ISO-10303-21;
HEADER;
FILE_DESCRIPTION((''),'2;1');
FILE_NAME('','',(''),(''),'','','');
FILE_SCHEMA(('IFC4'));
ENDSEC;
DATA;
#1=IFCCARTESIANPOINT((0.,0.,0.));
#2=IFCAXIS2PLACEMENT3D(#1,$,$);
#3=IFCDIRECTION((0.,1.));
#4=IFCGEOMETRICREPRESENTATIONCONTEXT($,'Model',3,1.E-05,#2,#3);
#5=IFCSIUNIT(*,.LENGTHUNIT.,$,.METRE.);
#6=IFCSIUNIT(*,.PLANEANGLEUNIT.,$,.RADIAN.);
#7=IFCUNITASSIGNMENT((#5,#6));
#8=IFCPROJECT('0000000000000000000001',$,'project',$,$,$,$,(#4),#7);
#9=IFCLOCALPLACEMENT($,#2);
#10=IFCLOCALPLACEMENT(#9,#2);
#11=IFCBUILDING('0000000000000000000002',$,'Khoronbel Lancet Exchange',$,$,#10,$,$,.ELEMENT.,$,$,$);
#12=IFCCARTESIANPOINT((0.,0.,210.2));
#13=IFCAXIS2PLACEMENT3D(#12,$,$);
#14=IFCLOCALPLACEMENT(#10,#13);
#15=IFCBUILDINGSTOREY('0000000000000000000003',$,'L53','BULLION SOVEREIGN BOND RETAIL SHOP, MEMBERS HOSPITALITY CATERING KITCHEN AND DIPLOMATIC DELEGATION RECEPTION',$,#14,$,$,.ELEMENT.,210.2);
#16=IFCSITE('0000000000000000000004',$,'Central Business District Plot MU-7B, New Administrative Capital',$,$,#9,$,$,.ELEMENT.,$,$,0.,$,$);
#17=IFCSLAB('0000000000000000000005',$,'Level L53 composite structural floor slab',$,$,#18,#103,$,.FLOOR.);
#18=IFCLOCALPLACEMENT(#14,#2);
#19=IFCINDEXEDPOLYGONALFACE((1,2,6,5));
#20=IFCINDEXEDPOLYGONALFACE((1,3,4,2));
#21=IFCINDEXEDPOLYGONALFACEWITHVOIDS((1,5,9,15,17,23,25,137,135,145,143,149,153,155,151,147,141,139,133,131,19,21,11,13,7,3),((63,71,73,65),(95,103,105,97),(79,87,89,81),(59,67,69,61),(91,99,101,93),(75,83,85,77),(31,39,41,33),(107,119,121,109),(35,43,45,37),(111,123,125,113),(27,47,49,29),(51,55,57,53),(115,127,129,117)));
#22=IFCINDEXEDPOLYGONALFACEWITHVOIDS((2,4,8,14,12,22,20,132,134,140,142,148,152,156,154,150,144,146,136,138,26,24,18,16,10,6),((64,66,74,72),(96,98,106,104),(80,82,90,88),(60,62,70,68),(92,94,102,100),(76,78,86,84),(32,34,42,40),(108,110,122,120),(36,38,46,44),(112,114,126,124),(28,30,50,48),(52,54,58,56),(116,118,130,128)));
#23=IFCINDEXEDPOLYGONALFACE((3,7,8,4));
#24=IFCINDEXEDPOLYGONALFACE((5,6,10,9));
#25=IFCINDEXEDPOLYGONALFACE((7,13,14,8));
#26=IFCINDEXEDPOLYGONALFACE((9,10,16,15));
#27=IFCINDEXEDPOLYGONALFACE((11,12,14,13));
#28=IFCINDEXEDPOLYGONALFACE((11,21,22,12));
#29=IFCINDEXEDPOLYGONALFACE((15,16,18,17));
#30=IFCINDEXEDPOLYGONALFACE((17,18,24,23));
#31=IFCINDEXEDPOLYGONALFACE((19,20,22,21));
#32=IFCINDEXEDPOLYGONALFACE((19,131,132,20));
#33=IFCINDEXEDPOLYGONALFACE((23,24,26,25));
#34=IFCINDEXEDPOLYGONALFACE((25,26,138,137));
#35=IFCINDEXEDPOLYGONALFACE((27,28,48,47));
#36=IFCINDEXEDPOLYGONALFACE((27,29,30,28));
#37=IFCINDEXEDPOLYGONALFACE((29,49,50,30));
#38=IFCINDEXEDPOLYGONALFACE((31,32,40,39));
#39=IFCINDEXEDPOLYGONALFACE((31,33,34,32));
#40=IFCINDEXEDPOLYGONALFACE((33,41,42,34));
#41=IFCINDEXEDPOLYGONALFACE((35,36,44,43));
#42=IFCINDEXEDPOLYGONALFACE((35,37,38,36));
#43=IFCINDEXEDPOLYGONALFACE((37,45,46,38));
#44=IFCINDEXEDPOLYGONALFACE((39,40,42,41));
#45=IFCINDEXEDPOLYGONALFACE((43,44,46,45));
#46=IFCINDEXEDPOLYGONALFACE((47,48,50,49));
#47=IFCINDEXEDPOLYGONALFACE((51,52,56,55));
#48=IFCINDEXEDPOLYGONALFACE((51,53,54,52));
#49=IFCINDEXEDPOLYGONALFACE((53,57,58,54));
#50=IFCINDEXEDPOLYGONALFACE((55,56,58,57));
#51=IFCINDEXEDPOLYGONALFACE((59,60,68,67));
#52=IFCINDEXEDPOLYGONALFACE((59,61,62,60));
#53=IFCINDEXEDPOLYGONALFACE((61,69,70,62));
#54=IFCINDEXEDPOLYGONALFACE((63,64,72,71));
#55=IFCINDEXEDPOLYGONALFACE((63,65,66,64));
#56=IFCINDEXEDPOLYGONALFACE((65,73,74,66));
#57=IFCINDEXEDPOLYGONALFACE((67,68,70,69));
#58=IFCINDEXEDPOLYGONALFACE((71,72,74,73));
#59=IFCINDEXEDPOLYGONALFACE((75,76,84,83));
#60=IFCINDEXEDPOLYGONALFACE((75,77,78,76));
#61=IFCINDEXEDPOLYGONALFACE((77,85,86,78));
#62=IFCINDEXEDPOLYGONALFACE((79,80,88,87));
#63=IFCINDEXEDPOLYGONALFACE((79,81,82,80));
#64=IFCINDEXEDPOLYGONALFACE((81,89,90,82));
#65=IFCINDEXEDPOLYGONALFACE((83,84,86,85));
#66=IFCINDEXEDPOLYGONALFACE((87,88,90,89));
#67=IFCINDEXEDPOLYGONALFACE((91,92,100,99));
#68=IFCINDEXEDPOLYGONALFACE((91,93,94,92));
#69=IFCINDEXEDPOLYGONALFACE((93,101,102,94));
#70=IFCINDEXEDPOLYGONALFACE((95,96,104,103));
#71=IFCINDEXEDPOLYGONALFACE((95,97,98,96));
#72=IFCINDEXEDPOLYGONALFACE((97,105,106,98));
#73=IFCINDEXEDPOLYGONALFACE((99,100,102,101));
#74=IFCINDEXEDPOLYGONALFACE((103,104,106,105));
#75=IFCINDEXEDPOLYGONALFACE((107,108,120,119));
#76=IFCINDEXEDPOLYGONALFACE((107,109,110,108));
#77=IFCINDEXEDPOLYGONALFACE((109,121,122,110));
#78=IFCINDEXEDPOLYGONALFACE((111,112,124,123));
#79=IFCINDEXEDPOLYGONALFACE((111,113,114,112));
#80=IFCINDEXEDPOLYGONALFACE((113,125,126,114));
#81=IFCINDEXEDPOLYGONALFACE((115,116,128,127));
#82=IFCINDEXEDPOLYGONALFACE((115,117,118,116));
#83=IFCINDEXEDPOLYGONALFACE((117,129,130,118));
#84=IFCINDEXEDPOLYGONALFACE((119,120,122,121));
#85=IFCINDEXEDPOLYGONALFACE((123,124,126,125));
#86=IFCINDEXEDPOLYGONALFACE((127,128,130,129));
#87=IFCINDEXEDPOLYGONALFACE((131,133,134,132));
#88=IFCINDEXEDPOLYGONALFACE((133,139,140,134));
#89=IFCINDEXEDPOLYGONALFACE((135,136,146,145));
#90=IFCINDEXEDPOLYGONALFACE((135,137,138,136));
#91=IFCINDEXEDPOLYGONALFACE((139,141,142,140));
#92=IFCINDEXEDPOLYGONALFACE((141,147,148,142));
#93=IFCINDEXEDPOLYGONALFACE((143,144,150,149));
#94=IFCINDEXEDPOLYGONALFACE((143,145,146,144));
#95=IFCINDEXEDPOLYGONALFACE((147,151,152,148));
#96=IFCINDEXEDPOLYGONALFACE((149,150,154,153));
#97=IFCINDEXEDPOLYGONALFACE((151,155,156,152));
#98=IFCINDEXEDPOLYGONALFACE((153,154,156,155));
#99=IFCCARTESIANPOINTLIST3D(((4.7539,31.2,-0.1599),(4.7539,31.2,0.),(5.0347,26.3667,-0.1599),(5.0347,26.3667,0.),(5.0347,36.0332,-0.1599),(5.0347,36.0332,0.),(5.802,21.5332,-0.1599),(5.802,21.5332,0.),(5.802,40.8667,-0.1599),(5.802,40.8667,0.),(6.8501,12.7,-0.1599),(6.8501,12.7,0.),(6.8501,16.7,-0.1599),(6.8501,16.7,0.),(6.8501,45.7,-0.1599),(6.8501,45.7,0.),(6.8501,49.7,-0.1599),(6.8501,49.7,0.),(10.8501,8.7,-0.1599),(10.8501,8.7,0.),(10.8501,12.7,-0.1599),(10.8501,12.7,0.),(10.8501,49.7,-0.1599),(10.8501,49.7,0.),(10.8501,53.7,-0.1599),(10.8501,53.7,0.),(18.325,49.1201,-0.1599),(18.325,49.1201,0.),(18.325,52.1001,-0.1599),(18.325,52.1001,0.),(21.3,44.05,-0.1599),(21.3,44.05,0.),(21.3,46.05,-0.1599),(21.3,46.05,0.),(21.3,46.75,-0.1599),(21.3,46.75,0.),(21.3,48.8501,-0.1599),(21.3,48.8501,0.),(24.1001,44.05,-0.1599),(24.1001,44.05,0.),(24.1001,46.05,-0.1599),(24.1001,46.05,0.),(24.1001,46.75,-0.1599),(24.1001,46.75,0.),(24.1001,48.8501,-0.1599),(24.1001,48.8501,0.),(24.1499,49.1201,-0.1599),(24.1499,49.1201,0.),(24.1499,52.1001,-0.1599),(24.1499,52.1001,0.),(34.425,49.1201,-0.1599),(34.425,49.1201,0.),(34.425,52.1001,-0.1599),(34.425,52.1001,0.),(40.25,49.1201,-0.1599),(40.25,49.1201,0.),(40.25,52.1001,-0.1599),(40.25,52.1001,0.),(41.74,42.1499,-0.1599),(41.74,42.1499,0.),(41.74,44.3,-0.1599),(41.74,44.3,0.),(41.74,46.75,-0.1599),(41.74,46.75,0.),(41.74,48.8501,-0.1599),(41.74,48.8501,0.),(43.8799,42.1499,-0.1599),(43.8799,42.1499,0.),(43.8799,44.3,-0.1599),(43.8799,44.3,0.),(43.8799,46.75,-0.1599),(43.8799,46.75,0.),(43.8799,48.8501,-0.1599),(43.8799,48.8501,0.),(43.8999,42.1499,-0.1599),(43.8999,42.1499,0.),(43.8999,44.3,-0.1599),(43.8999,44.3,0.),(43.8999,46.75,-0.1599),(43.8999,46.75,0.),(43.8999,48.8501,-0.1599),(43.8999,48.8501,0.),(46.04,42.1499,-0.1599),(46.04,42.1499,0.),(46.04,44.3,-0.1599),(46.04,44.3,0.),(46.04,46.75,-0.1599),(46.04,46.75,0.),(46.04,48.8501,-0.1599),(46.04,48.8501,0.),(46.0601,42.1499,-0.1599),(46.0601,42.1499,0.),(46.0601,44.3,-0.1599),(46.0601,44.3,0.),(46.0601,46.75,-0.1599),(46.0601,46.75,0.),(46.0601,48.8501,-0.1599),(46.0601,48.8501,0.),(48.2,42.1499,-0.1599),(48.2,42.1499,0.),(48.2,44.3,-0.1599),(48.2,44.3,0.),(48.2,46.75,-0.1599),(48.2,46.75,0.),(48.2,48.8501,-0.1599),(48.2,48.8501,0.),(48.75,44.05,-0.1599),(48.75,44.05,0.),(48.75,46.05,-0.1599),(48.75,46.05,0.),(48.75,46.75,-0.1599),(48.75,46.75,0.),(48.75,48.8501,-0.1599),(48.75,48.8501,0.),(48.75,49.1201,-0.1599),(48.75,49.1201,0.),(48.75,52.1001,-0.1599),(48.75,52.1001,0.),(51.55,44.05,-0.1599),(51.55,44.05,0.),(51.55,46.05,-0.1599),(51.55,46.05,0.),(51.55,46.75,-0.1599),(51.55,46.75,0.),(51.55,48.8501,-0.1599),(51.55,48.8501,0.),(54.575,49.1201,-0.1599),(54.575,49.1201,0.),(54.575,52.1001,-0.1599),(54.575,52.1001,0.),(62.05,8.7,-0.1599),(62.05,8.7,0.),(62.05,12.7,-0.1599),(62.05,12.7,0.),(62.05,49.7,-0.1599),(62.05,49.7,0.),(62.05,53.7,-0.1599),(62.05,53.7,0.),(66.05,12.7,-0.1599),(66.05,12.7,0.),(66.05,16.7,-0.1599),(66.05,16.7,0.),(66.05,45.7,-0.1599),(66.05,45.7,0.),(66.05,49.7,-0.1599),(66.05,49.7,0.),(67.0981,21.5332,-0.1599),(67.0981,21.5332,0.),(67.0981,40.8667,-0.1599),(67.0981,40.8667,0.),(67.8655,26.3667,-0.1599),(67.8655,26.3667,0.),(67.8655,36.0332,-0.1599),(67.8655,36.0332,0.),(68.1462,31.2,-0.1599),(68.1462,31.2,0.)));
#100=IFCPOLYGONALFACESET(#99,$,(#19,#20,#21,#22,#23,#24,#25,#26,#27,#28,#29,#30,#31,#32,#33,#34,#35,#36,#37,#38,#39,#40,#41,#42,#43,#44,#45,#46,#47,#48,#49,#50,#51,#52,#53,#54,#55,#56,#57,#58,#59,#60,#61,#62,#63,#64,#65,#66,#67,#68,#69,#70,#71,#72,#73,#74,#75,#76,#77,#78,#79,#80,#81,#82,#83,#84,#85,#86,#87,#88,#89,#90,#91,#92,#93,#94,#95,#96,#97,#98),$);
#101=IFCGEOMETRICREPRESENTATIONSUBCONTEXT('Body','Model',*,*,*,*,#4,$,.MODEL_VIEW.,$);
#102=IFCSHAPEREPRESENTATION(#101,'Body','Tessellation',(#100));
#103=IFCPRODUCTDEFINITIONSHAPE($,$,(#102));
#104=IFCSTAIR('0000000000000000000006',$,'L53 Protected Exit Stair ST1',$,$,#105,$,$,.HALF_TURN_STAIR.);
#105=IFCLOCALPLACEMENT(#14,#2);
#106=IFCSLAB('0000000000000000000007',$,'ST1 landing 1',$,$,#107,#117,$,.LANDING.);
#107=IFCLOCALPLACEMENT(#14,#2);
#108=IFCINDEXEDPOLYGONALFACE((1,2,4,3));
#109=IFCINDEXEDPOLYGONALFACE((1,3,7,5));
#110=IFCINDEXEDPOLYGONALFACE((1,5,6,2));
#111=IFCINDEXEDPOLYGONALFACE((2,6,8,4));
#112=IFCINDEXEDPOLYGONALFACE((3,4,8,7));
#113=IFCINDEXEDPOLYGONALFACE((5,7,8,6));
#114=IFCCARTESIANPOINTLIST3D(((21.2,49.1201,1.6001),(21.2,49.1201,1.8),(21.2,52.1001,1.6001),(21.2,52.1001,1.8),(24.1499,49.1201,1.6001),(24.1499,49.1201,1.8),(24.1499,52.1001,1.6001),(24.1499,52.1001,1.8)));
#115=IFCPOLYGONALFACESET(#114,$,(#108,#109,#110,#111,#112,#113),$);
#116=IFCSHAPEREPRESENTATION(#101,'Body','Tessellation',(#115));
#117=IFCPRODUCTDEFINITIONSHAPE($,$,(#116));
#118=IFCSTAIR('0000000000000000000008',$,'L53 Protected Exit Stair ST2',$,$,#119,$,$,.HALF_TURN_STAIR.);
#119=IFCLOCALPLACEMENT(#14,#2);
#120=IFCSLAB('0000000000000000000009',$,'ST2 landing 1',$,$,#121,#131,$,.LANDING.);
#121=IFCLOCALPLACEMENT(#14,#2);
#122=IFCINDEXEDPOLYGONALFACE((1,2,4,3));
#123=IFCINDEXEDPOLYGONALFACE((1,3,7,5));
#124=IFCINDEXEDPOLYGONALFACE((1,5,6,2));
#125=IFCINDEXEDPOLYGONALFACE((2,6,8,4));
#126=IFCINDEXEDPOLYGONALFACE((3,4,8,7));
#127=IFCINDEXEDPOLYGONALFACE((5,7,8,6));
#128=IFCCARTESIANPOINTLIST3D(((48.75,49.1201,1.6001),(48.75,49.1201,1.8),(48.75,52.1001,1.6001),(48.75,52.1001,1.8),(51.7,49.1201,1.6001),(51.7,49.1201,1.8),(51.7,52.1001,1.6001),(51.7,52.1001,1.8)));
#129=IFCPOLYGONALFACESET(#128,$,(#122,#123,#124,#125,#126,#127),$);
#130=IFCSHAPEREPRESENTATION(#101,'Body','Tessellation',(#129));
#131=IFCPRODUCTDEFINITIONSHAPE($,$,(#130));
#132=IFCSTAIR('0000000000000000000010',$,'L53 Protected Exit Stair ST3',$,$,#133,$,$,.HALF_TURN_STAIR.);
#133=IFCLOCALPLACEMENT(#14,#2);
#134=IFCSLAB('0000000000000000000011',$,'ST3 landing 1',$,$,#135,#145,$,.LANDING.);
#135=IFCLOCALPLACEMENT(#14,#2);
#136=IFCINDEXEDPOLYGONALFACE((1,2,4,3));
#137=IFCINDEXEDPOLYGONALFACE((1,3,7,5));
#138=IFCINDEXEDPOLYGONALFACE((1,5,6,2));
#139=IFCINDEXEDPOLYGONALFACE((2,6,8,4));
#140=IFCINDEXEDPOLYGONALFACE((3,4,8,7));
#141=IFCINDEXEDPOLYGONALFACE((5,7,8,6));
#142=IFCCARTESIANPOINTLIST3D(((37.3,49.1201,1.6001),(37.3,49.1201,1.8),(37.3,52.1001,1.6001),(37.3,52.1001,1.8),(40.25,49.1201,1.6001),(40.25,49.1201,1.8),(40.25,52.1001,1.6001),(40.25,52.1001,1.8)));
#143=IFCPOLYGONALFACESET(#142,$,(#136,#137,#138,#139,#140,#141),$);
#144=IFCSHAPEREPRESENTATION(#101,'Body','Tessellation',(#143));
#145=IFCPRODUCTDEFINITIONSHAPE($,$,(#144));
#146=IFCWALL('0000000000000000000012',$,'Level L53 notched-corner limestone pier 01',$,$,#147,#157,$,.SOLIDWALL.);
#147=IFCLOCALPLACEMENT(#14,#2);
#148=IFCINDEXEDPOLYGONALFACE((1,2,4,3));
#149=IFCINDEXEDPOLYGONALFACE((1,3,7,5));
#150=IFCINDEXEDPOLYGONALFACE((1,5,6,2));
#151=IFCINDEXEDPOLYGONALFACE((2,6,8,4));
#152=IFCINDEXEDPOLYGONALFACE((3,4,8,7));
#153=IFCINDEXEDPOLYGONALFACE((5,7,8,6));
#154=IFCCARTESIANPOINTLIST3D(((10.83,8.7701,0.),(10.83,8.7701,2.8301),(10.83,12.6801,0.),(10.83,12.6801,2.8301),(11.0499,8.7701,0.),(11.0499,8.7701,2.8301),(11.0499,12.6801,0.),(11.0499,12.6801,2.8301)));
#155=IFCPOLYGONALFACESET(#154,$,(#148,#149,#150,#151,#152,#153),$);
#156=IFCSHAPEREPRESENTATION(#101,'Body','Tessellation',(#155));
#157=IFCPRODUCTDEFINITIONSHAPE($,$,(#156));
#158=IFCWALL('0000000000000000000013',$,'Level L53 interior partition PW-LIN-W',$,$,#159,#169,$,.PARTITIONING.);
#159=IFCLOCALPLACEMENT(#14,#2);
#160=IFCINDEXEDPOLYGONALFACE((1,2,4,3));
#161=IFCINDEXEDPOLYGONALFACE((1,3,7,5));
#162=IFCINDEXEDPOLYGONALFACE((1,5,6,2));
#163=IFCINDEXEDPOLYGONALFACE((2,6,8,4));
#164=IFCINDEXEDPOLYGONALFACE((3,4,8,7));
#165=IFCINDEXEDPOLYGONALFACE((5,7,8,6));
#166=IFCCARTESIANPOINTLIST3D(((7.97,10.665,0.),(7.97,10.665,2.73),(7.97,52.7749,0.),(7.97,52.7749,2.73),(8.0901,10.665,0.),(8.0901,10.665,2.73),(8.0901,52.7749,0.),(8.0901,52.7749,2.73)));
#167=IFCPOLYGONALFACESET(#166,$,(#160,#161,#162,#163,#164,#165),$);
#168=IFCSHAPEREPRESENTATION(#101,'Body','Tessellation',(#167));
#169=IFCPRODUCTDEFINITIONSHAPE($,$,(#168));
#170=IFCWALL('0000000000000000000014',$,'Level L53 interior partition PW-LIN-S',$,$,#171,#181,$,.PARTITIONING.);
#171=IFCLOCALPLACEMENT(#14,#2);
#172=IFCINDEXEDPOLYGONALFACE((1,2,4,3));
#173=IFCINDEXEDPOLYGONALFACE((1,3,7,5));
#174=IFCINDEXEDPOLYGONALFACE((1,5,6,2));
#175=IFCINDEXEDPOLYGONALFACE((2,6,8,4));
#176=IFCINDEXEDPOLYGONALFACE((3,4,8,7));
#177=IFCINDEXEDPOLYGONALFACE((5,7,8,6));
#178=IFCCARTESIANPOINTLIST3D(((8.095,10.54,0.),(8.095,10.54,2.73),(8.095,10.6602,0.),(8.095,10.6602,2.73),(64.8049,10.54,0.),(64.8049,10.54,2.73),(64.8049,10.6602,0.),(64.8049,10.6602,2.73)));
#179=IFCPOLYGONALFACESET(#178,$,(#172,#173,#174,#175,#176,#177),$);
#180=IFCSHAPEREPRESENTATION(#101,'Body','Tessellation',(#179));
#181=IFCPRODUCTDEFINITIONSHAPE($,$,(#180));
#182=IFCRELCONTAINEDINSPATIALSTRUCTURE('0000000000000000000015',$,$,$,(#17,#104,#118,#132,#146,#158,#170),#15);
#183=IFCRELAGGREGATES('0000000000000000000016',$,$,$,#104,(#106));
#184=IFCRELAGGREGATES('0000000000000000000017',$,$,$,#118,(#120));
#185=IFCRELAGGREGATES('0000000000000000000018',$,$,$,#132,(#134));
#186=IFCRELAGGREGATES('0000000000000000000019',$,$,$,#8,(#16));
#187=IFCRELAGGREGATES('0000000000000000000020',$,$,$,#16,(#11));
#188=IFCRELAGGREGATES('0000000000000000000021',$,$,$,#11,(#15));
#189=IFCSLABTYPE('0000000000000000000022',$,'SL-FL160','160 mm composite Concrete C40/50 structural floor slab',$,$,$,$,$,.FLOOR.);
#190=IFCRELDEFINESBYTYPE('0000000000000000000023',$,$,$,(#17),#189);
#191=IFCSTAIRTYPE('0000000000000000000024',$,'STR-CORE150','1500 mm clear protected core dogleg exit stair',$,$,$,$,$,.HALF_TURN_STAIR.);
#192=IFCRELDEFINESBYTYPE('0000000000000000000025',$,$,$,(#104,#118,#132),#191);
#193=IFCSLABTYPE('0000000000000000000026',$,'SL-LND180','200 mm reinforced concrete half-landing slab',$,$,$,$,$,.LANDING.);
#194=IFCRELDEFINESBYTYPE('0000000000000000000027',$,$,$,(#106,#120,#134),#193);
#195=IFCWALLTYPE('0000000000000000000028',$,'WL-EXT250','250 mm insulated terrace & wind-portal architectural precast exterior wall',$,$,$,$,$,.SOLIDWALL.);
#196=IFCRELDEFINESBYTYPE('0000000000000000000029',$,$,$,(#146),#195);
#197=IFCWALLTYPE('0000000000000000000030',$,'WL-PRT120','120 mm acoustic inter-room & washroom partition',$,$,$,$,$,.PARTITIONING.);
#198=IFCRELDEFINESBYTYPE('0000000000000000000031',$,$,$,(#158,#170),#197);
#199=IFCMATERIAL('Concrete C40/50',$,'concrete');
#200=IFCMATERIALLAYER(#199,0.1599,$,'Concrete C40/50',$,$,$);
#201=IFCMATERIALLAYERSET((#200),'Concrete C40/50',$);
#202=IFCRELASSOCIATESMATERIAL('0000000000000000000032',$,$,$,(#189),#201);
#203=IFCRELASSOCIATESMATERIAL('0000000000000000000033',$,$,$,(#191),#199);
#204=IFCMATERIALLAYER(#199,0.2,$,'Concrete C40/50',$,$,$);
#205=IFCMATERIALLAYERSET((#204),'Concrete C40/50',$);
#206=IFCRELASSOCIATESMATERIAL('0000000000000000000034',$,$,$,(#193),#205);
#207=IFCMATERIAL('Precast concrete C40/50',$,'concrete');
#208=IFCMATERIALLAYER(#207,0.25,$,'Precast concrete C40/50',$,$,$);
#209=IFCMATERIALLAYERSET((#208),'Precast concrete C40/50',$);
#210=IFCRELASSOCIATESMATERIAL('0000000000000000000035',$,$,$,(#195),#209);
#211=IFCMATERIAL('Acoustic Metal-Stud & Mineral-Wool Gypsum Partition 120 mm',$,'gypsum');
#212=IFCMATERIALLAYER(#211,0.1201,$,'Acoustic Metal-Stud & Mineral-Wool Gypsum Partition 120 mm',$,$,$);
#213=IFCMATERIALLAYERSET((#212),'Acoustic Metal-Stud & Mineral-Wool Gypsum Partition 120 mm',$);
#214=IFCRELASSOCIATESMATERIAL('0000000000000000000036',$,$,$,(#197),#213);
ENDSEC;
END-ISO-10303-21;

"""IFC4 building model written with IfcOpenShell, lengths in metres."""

from ifc_helpers import new_model, si_unit, direction, frame, frame_2d, origin, place, context, subcontext, project, spatial, polyline, rectangle, outline, extrude, material, layer, layer_set, type_object, element, aggregate, save


model = new_model("IFC4")

# Units and contexts
model_context = context("Model", 3, precision=1e-05, world=origin(), true_north=direction((0.0, 1.0)))
body_context = subcontext(model_context, "Body", "Model", "MODEL_VIEW")
ifc_project = project(units=[si_unit("LENGTHUNIT", "METRE"), si_unit("PLANEANGLEUNIT", "RADIAN")], contexts=[model_context])

# Site, building, storey
site_placement = place(None, origin())
site = spatial("IfcSite", under=ifc_project, at=site_placement, Name="Central Business District Plot MU-7B, New Administrative Capital", CompositionType="ELEMENT", RefElevation=0.0)
building_placement = place(site_placement, origin())
building = spatial("IfcBuilding", under=site, at=building_placement, Name="Khoronbel Lancet Exchange", CompositionType="ELEMENT")
storey_placement = place(building_placement, frame((0.0, 0.0, 210.2)))
storey = spatial("IfcBuildingStorey", under=building, at=storey_placement, Name="L53", Description="BULLION SOVEREIGN BOND RETAIL SHOP, MEMBERS HOSPITALITY CATERING KITCHEN AND DIPLOMATIC DELEGATION RECEPTION", CompositionType="ELEMENT", Elevation=210.2)

# Slab
ifc_material_1 = material(Name="Concrete C40/50", Category="concrete")
ifc_layer_1 = layer(ifc_material_1, 0.1599, Name="Concrete C40/50")
ifc_layer_set_1 = layer_set([ifc_layer_1], Name="Concrete C40/50")
slab_type_1 = type_object("IfcSlabType", Name="SL-FL160", Description="160 mm composite Concrete C40/50 structural floor slab", PredefinedType="FLOOR", material=ifc_layer_set_1)
slab_1_placement = place(storey_placement, frame((0.0, 0.0, -0.1599)))
element("IfcSlab", 1, at=slab_1_placement, inside=storey, type_object=slab_type_1, Name="Level L53 composite structural floor slab", PredefinedType="FLOOR", context=body_context, shape_type="SweptSolid", body=[
    extrude(outline(polyline([(10.8501, 8.7), (62.05, 8.7), (62.05, 12.7), (66.05, 12.7), (66.05, 16.7), (67.0981, 21.5332), (67.8655, 26.3667), (68.1462, 31.2), (67.8655, 36.0332), (67.0981, 40.8667), (66.05, 45.7), (66.05, 49.7), (62.05, 49.7), (62.05, 53.7), (10.8501, 53.7), (10.8501, 49.7), (6.8501, 49.7), (6.8501, 45.7), (5.802, 40.8667), (5.0347, 36.0332), (4.7539, 31.2), (5.0347, 26.3667), (5.802, 21.5332), (6.8501, 16.7), (6.8501, 12.7), (10.8501, 12.7), (10.8501, 8.7)]), holes=[polyline([(18.325, 49.1201), (24.1499, 49.1201), (24.1499, 52.1001), (18.325, 52.1001), (18.325, 49.1201)]), polyline([(48.75, 49.1201), (54.575, 49.1201), (54.575, 52.1001), (48.75, 52.1001), (48.75, 49.1201)]), polyline([(34.425, 49.1201), (40.25, 49.1201), (40.25, 52.1001), (34.425, 52.1001), (34.425, 49.1201)]), polyline([(41.74, 46.75), (43.8799, 46.75), (43.8799, 48.8501), (41.74, 48.8501), (41.74, 46.75)]), polyline([(43.8999, 46.75), (46.04, 46.75), (46.04, 48.8501), (43.8999, 48.8501), (43.8999, 46.75)]), polyline([(46.0601, 46.75), (48.2, 46.75), (48.2, 48.8501), (46.0601, 48.8501), (46.0601, 46.75)]), polyline([(41.74, 42.1499), (43.8799, 42.1499), (43.8799, 44.3), (41.74, 44.3), (41.74, 42.1499)]), polyline([(43.8999, 42.1499), (46.04, 42.1499), (46.04, 44.3), (43.8999, 44.3), (43.8999, 42.1499)]), polyline([(46.0601, 42.1499), (48.2, 42.1499), (48.2, 44.3), (46.0601, 44.3), (46.0601, 42.1499)]), polyline([(21.3, 46.75), (24.1001, 46.75), (24.1001, 48.8501), (21.3, 48.8501), (21.3, 46.75)]), polyline([(48.75, 46.75), (51.55, 46.75), (51.55, 48.8501), (48.75, 48.8501), (48.75, 46.75)]), polyline([(21.3, 44.05), (24.1001, 44.05), (24.1001, 46.05), (21.3, 46.05), (21.3, 44.05)]), polyline([(48.75, 44.05), (51.55, 44.05), (51.55, 46.05), (48.75, 46.05), (48.75, 44.05)])]), origin(), (0.0, 0.0, 1.0), 0.1599),
])

# Stairs, slabs
stair_type = type_object("IfcStairType", Name="STR-CORE150", Description="1500 mm clear protected core dogleg exit stair", PredefinedType="HALF_TURN_STAIR", material=ifc_material_1)
stair_1_placement = place(storey_placement, origin())
stair_1 = element("IfcStair", 2, at=stair_1_placement, inside=storey, type_object=stair_type, Name="L53 Protected Exit Stair ST1", PredefinedType="HALF_TURN_STAIR")
ifc_layer_2 = layer(ifc_material_1, 0.2, Name="Concrete C40/50")
ifc_layer_set_2 = layer_set([ifc_layer_2], Name="Concrete C40/50")
slab_type_2 = type_object("IfcSlabType", Name="SL-LND180", Description="200 mm reinforced concrete half-landing slab", PredefinedType="LANDING", material=ifc_layer_set_2)
slab_2_placement = place(storey_placement, frame((0.0, 0.0, 1.6001)))
slab_2 = element("IfcSlab", 3, at=slab_2_placement, type_object=slab_type_2, Name="ST1 landing 1", PredefinedType="LANDING", context=body_context, shape_type="SweptSolid", body=[
    extrude(outline(polyline([(21.2, 49.1201), (24.1499, 49.1201), (24.1499, 52.1001), (21.2, 52.1001), (21.2, 49.1201)])), origin(), (0.0, 0.0, 1.0), 0.2),
])
aggregate(stair_1, [slab_2])
stair_2_placement = place(storey_placement, origin())
stair_2 = element("IfcStair", 4, at=stair_2_placement, inside=storey, type_object=stair_type, Name="L53 Protected Exit Stair ST2", PredefinedType="HALF_TURN_STAIR")
slab_3_placement = place(storey_placement, frame((0.0, 0.0, 1.6001)))
slab_3 = element("IfcSlab", 5, at=slab_3_placement, type_object=slab_type_2, Name="ST2 landing 1", PredefinedType="LANDING", context=body_context, shape_type="SweptSolid", body=[
    extrude(outline(polyline([(51.7, 52.1001), (48.75, 52.1001), (48.75, 49.1201), (51.7, 49.1201), (51.7, 52.1001)])), origin(), (0.0, 0.0, 1.0), 0.2),
])
aggregate(stair_2, [slab_3])
stair_3_placement = place(storey_placement, origin())
stair_3 = element("IfcStair", 6, at=stair_3_placement, inside=storey, type_object=stair_type, Name="L53 Protected Exit Stair ST3", PredefinedType="HALF_TURN_STAIR")
slab_4_placement = place(storey_placement, frame((0.0, 0.0, 1.6001)))
slab_4 = element("IfcSlab", 7, at=slab_4_placement, type_object=slab_type_2, Name="ST3 landing 1", PredefinedType="LANDING", context=body_context, shape_type="SweptSolid", body=[
    extrude(outline(polyline([(37.3, 49.1201), (40.25, 49.1201), (40.25, 52.1001), (37.3, 52.1001), (37.3, 49.1201)])), origin(), (0.0, 0.0, 1.0), 0.2),
])
aggregate(stair_3, [slab_4])

# Walls
ifc_material_2 = material(Name="Precast concrete C40/50", Category="concrete")
ifc_layer_3 = layer(ifc_material_2, 0.25, Name="Precast concrete C40/50")
ifc_layer_set_3 = layer_set([ifc_layer_3], Name="Precast concrete C40/50")
wall_type_1 = type_object("IfcWallType", Name="WL-EXT250", Description="250 mm insulated terrace & wind-portal architectural precast exterior wall", PredefinedType="SOLIDWALL", material=ifc_layer_set_3)
wall_1_placement = place(storey_placement, frame((10.9399, 8.77, 0.0), z_axis=(0.0, 0.0, 1.0), x_axis=(0.0, 1.0, 0.0)))
element("IfcWall", 8, at=wall_1_placement, inside=storey, type_object=wall_type_1, Name="Level L53 notched-corner limestone pier 01", PredefinedType="SOLIDWALL", context=body_context, shape_type="SweptSolid", body=[
    extrude(rectangle(XDim=3.9099, YDim=0.22, at=frame_2d((1.9551, 0.0))), origin(), (0.0, 0.0, 1.0), 2.8301),
])
ifc_material_3 = material(Name="Acoustic Metal-Stud & Mineral-Wool Gypsum Partition 120 mm", Category="gypsum")
ifc_layer_4 = layer(ifc_material_3, 0.1201, Name="Acoustic Metal-Stud & Mineral-Wool Gypsum Partition 120 mm")
ifc_layer_set_4 = layer_set([ifc_layer_4], Name="Acoustic Metal-Stud & Mineral-Wool Gypsum Partition 120 mm")
wall_type_2 = type_object("IfcWallType", Name="WL-PRT120", Description="120 mm acoustic inter-room & washroom partition", PredefinedType="PARTITIONING", material=ifc_layer_set_4)
wall_2_placement = place(storey_placement, frame((8.03, 10.665, 0.0), z_axis=(0.0, 0.0, 1.0), x_axis=(0.0, 1.0, 0.0)))
element("IfcWall", 9, at=wall_2_placement, inside=storey, type_object=wall_type_2, Name="Level L53 interior partition PW-LIN-W", PredefinedType="PARTITIONING", context=body_context, shape_type="SweptSolid", body=[
    extrude(rectangle(XDim=42.1099, YDim=0.1201, at=frame_2d((21.0549, 0.0))), origin(), (0.0, 0.0, 1.0), 2.73),
])
wall_3_placement = place(storey_placement, frame((8.095, 10.6001, 0.0), z_axis=(0.0, 0.0, 1.0), x_axis=(1.0, 0.0, 0.0)))
element("IfcWall", 10, at=wall_3_placement, inside=storey, type_object=wall_type_2, Name="Level L53 interior partition PW-LIN-S", PredefinedType="PARTITIONING", context=body_context, shape_type="SweptSolid", body=[
    extrude(rectangle(XDim=56.71, YDim=0.1201, at=frame_2d((28.355, 0.0))), origin(), (0.0, 0.0, 1.0), 2.73),
])

save(model, "model.ifc")
